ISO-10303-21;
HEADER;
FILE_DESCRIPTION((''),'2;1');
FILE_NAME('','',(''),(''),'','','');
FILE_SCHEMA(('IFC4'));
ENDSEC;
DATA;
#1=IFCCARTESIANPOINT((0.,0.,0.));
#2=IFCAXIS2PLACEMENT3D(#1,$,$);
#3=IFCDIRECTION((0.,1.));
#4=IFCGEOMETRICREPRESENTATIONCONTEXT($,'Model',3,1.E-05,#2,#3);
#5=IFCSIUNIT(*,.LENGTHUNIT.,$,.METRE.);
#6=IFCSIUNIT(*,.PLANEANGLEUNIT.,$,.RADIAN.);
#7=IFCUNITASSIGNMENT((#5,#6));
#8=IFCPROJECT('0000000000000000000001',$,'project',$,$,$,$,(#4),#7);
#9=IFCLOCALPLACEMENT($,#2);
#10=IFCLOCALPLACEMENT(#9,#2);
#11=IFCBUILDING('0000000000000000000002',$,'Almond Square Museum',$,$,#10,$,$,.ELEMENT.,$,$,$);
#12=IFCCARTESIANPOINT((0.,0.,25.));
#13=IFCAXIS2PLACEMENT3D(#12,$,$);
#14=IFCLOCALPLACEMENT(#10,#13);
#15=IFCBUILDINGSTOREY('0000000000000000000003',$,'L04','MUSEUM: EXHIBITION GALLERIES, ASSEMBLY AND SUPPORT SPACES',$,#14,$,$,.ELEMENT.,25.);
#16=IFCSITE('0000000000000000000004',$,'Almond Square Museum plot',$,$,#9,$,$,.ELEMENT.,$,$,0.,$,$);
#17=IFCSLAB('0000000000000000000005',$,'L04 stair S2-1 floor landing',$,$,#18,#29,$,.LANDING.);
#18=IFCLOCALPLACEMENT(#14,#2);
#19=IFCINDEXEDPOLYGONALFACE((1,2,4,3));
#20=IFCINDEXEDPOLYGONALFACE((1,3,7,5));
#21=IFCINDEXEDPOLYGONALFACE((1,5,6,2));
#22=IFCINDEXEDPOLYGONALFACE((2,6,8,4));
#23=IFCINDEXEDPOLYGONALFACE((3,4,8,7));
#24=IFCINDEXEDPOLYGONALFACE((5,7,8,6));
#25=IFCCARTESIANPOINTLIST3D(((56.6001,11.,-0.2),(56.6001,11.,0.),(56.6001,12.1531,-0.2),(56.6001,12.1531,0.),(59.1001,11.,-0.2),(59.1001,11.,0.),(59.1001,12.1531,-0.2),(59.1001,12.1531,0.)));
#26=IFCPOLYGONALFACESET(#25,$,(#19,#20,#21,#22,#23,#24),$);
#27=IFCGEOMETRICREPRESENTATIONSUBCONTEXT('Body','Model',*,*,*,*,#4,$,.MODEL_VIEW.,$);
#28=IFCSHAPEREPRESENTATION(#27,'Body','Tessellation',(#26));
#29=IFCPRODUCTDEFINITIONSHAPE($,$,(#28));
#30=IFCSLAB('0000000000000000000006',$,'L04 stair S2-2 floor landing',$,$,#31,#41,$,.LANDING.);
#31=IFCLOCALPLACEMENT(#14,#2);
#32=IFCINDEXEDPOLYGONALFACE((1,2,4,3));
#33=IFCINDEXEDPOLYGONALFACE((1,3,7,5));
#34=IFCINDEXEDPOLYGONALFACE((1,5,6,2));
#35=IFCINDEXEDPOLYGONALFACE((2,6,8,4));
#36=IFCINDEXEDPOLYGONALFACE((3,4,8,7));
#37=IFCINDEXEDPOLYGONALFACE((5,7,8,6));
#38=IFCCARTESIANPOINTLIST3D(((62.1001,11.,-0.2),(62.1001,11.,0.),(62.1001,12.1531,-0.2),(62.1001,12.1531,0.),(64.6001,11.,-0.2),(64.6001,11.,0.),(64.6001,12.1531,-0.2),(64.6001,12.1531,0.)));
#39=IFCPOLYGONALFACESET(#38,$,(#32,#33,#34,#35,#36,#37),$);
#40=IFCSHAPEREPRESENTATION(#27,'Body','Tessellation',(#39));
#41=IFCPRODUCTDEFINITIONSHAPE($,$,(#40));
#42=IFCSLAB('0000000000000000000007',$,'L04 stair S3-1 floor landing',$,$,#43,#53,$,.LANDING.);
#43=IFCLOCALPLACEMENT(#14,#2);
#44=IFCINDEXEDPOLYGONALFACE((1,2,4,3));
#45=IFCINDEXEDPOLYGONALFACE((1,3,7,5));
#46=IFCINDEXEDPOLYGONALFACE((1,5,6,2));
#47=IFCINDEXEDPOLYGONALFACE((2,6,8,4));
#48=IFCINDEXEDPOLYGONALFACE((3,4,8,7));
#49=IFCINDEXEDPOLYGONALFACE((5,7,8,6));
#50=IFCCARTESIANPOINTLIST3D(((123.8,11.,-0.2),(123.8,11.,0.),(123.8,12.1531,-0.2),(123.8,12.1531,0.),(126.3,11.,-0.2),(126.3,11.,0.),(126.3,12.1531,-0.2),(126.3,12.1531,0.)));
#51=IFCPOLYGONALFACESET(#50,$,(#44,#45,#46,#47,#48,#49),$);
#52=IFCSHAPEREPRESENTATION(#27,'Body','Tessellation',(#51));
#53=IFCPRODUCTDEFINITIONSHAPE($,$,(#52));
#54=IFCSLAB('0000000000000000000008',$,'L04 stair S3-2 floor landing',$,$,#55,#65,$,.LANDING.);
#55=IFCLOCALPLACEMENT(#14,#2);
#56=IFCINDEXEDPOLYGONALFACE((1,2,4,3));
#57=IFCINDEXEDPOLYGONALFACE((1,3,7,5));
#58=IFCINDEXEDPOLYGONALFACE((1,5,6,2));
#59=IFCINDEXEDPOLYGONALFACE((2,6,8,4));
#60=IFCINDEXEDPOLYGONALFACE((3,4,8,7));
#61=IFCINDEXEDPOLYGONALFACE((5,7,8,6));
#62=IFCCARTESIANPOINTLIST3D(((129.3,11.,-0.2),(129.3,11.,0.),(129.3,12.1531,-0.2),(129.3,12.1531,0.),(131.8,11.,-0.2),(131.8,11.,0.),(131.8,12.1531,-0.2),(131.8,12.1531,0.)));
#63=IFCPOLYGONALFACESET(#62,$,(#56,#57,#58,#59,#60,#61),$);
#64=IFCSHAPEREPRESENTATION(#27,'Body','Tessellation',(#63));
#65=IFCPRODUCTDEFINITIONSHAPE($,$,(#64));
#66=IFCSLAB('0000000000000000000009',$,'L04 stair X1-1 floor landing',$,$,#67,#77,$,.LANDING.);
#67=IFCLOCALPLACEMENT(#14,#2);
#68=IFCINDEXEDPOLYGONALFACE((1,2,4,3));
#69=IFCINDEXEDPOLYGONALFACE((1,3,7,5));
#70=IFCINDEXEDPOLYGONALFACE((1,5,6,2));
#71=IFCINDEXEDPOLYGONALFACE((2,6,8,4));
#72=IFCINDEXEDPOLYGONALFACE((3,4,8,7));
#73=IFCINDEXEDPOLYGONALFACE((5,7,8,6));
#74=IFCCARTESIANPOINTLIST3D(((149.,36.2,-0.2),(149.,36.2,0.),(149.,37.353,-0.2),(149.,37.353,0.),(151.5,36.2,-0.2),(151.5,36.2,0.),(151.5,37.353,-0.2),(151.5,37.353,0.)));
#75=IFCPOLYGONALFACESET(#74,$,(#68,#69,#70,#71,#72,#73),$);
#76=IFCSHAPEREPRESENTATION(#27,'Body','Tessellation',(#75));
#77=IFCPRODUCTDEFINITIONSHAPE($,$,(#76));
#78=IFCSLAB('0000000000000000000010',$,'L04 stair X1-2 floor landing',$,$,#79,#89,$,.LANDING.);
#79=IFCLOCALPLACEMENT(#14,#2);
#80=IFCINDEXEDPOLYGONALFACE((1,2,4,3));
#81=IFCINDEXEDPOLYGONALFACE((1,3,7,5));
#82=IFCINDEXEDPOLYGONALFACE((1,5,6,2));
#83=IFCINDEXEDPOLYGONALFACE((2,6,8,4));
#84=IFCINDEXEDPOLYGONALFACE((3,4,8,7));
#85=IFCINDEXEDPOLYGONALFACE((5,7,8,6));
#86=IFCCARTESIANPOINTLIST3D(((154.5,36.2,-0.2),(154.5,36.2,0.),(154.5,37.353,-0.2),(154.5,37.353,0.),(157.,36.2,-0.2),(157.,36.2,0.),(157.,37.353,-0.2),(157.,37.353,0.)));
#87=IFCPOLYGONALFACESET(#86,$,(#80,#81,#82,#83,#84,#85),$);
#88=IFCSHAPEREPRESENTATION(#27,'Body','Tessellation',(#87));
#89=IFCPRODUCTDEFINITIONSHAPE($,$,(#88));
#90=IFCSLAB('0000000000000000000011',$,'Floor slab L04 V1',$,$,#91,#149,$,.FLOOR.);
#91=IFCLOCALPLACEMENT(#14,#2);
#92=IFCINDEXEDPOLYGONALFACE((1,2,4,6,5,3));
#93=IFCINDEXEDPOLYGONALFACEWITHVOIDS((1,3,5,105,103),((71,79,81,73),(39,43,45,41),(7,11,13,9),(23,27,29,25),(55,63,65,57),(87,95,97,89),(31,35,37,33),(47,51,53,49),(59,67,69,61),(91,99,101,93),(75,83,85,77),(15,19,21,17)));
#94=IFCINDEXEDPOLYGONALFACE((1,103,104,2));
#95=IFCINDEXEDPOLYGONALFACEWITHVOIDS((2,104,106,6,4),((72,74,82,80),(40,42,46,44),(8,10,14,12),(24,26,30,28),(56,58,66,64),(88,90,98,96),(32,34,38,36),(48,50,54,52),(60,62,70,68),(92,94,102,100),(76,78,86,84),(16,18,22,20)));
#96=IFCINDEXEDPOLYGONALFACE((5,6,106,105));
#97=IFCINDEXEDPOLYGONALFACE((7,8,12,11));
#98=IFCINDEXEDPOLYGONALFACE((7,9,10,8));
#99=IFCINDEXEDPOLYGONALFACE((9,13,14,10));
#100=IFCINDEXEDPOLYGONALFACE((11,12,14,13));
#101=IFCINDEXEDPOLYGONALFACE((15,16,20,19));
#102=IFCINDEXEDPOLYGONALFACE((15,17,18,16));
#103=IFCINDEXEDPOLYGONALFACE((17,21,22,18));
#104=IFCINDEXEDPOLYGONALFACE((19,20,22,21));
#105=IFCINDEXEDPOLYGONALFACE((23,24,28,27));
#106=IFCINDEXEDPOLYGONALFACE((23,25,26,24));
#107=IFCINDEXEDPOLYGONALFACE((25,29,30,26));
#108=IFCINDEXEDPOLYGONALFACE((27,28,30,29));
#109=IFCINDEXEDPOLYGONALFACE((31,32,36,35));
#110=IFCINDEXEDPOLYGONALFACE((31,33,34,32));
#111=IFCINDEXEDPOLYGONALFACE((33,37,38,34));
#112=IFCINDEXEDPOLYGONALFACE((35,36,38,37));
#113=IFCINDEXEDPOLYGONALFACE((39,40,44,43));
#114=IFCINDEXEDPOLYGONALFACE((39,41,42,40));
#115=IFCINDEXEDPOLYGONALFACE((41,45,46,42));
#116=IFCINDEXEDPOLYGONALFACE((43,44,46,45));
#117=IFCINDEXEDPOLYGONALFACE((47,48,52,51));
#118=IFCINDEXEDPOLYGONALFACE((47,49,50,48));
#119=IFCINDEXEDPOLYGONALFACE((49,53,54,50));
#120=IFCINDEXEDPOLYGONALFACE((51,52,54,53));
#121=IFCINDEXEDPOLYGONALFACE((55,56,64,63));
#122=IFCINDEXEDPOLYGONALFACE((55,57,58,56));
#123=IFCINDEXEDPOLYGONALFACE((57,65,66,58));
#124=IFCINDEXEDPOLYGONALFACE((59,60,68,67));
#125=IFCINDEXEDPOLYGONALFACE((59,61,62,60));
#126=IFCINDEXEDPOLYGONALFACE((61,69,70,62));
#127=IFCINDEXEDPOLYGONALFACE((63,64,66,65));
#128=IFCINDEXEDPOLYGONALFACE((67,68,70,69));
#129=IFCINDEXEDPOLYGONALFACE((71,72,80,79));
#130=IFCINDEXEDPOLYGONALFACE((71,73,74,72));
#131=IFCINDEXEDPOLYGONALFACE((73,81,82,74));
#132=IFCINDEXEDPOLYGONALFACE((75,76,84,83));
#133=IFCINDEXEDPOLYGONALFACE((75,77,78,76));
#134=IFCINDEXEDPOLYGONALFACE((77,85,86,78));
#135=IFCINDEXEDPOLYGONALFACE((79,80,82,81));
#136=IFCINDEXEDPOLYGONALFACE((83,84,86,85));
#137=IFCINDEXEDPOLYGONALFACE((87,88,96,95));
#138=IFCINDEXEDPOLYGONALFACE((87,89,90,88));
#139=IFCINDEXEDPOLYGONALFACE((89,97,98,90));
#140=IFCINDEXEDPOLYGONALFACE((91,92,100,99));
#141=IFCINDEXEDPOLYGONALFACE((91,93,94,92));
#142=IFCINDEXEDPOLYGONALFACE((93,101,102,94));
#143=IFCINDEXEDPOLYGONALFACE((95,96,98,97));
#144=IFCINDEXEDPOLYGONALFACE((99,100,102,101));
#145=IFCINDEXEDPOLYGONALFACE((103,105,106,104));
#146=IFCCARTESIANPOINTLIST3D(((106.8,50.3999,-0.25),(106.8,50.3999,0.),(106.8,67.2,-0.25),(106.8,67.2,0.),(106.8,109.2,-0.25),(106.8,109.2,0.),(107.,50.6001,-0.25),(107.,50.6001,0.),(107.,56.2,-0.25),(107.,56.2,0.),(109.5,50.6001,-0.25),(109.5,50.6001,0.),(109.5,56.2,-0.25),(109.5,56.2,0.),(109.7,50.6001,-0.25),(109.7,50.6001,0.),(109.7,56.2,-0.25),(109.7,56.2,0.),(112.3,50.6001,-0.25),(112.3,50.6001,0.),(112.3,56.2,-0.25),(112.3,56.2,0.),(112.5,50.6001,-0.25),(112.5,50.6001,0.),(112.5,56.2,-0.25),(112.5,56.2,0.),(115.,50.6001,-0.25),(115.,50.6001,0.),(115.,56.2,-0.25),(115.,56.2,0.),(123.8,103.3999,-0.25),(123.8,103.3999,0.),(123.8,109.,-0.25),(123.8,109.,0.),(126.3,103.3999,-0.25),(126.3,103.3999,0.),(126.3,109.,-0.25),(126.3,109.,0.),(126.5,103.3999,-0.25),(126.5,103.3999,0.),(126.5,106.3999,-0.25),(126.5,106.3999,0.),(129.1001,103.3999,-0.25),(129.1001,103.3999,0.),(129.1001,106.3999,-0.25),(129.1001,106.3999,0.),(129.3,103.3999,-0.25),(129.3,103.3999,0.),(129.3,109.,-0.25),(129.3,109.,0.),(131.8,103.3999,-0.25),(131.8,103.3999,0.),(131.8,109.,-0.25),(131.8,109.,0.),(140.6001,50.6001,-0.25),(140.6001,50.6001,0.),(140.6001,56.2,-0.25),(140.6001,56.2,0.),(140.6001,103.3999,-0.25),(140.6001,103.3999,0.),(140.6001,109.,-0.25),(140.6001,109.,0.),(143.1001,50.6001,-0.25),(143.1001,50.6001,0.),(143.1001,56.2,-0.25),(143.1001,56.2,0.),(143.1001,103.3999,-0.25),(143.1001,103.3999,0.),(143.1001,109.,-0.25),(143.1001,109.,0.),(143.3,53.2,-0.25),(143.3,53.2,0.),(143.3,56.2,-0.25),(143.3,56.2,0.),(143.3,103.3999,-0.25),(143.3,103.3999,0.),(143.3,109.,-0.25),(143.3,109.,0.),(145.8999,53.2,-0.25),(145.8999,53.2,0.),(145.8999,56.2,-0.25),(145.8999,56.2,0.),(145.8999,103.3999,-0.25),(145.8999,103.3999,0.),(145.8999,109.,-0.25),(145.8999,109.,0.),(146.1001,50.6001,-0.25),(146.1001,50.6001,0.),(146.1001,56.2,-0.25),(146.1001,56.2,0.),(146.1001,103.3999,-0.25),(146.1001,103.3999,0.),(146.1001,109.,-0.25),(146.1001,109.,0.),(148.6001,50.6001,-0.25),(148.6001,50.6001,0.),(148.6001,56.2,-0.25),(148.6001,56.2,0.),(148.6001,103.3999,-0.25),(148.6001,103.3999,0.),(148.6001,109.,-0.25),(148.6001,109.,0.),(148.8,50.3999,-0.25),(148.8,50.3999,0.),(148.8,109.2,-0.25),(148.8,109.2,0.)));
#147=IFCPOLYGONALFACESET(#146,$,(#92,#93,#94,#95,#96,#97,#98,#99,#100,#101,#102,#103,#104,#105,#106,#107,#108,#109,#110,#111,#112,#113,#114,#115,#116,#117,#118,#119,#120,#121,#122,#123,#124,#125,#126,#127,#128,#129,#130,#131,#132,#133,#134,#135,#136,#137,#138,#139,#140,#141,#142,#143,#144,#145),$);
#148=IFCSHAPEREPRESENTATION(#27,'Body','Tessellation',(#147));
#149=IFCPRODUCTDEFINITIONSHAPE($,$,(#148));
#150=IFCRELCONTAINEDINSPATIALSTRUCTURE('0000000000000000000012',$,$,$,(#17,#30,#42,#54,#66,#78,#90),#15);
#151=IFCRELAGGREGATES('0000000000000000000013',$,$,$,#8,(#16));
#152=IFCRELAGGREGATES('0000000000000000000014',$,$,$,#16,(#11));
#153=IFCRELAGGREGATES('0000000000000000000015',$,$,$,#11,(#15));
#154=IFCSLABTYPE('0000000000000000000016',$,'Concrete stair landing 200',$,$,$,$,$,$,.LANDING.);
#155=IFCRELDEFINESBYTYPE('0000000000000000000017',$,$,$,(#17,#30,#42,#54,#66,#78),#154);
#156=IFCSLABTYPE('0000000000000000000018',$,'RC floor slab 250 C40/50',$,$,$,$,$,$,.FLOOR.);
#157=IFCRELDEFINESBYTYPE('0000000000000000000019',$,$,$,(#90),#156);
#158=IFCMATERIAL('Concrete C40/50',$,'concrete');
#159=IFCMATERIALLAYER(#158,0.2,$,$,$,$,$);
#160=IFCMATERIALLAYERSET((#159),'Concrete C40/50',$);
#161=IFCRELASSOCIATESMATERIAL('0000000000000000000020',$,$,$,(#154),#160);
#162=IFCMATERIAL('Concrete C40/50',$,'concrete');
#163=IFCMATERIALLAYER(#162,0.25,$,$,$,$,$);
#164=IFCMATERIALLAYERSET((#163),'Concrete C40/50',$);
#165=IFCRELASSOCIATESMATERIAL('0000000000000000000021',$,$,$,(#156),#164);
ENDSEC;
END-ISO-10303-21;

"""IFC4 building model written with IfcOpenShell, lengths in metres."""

from ifc_helpers import new_model, si_unit, direction, frame, origin, place, context, subcontext, project, spatial, polyline, outline, extrude, material, layer, layer_set, type_object, element, save


model = new_model("IFC4")

# Units and contexts
model_context = context("Model", 3, precision=1e-05, world=origin(), true_north=direction((0.0, 1.0)))
body_context = subcontext(model_context, "Body", "Model", "MODEL_VIEW")
ifc_project = project(units=[si_unit("LENGTHUNIT", "METRE"), si_unit("PLANEANGLEUNIT", "RADIAN")], contexts=[model_context])

# Site, building, storey
site_placement = place(None, origin())
site = spatial("IfcSite", under=ifc_project, at=site_placement, Name="Almond Square Museum plot", CompositionType="ELEMENT", RefElevation=0.0)
building_placement = place(site_placement, origin())
building = spatial("IfcBuilding", under=site, at=building_placement, Name="Almond Square Museum", CompositionType="ELEMENT")
storey_placement = place(building_placement, frame((0.0, 0.0, 25.0)))
storey = spatial("IfcBuildingStorey", under=building, at=storey_placement, Name="L04", Description="MUSEUM: EXHIBITION GALLERIES, ASSEMBLY AND SUPPORT SPACES", CompositionType="ELEMENT", Elevation=25.0)

# Shared definitions
ifc_material_1 = material(Name="Concrete C40/50", Category="concrete")
ifc_layer_1 = layer(ifc_material_1, 0.2)
ifc_layer_set_1 = layer_set([ifc_layer_1], Name="Concrete C40/50")
slab_type_1 = type_object("IfcSlabType", Name="Concrete stair landing 200", PredefinedType="LANDING", material=ifc_layer_set_1)

# Slabs
slab_1_placement = place(storey_placement, frame((0.0, 0.0, -0.2)))
element("IfcSlab", 1, at=slab_1_placement, inside=storey, type_object=slab_type_1, Name="L04 stair S2-1 floor landing", PredefinedType="LANDING", context=body_context, shape_type="SweptSolid", body=[
    extrude(outline(polyline([(56.6001, 11.0), (59.1001, 11.0), (59.1001, 12.1531), (56.6001, 12.1531), (56.6001, 11.0)])), origin(), (0.0, 0.0, 1.0), 0.2),
])
slab_2_placement = place(storey_placement, frame((0.0, 0.0, -0.2)))
element("IfcSlab", 2, at=slab_2_placement, inside=storey, type_object=slab_type_1, Name="L04 stair S2-2 floor landing", PredefinedType="LANDING", context=body_context, shape_type="SweptSolid", body=[
    extrude(outline(polyline([(62.1001, 11.0), (64.6001, 11.0), (64.6001, 12.1531), (62.1001, 12.1531), (62.1001, 11.0)])), origin(), (0.0, 0.0, 1.0), 0.2),
])
slab_3_placement = place(storey_placement, frame((0.0, 0.0, -0.2)))
element("IfcSlab", 3, at=slab_3_placement, inside=storey, type_object=slab_type_1, Name="L04 stair S3-1 floor landing", PredefinedType="LANDING", context=body_context, shape_type="SweptSolid", body=[
    extrude(outline(polyline([(123.8, 11.0), (126.3, 11.0), (126.3, 12.1531), (123.8, 12.1531), (123.8, 11.0)])), origin(), (0.0, 0.0, 1.0), 0.2),
])
slab_4_placement = place(storey_placement, frame((0.0, 0.0, -0.2)))
element("IfcSlab", 4, at=slab_4_placement, inside=storey, type_object=slab_type_1, Name="L04 stair S3-2 floor landing", PredefinedType="LANDING", context=body_context, shape_type="SweptSolid", body=[
    extrude(outline(polyline([(129.3, 11.0), (131.8, 11.0), (131.8, 12.1531), (129.3, 12.1531), (129.3, 11.0)])), origin(), (0.0, 0.0, 1.0), 0.2),
])
slab_5_placement = place(storey_placement, frame((0.0, 0.0, -0.2)))
element("IfcSlab", 5, at=slab_5_placement, inside=storey, type_object=slab_type_1, Name="L04 stair X1-1 floor landing", PredefinedType="LANDING", context=body_context, shape_type="SweptSolid", body=[
    extrude(outline(polyline([(149.0, 36.2), (151.5, 36.2), (151.5, 37.353), (149.0, 37.353), (149.0, 36.2)])), origin(), (0.0, 0.0, 1.0), 0.2),
])
slab_6_placement = place(storey_placement, frame((0.0, 0.0, -0.2)))
element("IfcSlab", 6, at=slab_6_placement, inside=storey, type_object=slab_type_1, Name="L04 stair X1-2 floor landing", PredefinedType="LANDING", context=body_context, shape_type="SweptSolid", body=[
    extrude(outline(polyline([(154.5, 36.2), (157.0, 36.2), (157.0, 37.353), (154.5, 37.353), (154.5, 36.2)])), origin(), (0.0, 0.0, 1.0), 0.2),
])
ifc_material_2 = material(Name="Concrete C40/50", Category="concrete")
ifc_layer_2 = layer(ifc_material_2, 0.25)
ifc_layer_set_2 = layer_set([ifc_layer_2], Name="Concrete C40/50")
slab_type_2 = type_object("IfcSlabType", Name="RC floor slab 250 C40/50", PredefinedType="FLOOR", material=ifc_layer_set_2)
slab_7_placement = place(storey_placement, frame((0.0, 0.0, -0.25)))
element("IfcSlab", 7, at=slab_7_placement, inside=storey, type_object=slab_type_2, Name="Floor slab L04 V1", PredefinedType="FLOOR", context=body_context, shape_type="SweptSolid", body=[
    extrude(outline(polyline([(148.8, 50.3999), (106.8, 50.3999), (106.8, 67.2), (106.8, 109.2), (148.8, 109.2), (148.8, 50.3999)]), holes=[polyline([(112.3, 50.6001), (112.3, 56.2), (109.7, 56.2), (109.7, 50.6001), (112.3, 50.6001)]), polyline([(109.5, 50.6001), (109.5, 56.2), (107.0, 56.2), (107.0, 50.6001), (109.5, 50.6001)]), polyline([(140.6001, 50.6001), (143.1001, 50.6001), (143.1001, 56.2), (140.6001, 56.2), (140.6001, 50.6001)]), polyline([(148.6001, 50.6001), (148.6001, 56.2), (146.1001, 56.2), (146.1001, 50.6001), (148.6001, 50.6001)]), polyline([(115.0, 50.6001), (115.0, 56.2), (112.5, 56.2), (112.5, 50.6001), (115.0, 50.6001)]), polyline([(145.8999, 53.2), (145.8999, 56.2), (143.3, 56.2), (143.3, 53.2), (145.8999, 53.2)]), polyline([(129.1001, 103.3999), (129.1001, 106.3999), (126.5, 106.3999), (126.5, 103.3999), (129.1001, 103.3999)]), polyline([(145.8999, 103.3999), (145.8999, 109.0), (143.3, 109.0), (143.3, 103.3999), (145.8999, 103.3999)]), polyline([(148.6001, 103.3999), (148.6001, 109.0), (146.1001, 109.0), (146.1001, 103.3999), (148.6001, 103.3999)]), polyline([(143.1001, 103.3999), (143.1001, 109.0), (140.6001, 109.0), (140.6001, 103.3999), (143.1001, 103.3999)]), polyline([(129.3, 103.3999), (131.8, 103.3999), (131.8, 109.0), (129.3, 109.0), (129.3, 103.3999)]), polyline([(123.8, 103.3999), (126.3, 103.3999), (126.3, 109.0), (123.8, 109.0), (123.8, 103.3999)])]), origin(), (0.0, 0.0, 1.0), 0.25),
])

save(model, "model.ifc")
